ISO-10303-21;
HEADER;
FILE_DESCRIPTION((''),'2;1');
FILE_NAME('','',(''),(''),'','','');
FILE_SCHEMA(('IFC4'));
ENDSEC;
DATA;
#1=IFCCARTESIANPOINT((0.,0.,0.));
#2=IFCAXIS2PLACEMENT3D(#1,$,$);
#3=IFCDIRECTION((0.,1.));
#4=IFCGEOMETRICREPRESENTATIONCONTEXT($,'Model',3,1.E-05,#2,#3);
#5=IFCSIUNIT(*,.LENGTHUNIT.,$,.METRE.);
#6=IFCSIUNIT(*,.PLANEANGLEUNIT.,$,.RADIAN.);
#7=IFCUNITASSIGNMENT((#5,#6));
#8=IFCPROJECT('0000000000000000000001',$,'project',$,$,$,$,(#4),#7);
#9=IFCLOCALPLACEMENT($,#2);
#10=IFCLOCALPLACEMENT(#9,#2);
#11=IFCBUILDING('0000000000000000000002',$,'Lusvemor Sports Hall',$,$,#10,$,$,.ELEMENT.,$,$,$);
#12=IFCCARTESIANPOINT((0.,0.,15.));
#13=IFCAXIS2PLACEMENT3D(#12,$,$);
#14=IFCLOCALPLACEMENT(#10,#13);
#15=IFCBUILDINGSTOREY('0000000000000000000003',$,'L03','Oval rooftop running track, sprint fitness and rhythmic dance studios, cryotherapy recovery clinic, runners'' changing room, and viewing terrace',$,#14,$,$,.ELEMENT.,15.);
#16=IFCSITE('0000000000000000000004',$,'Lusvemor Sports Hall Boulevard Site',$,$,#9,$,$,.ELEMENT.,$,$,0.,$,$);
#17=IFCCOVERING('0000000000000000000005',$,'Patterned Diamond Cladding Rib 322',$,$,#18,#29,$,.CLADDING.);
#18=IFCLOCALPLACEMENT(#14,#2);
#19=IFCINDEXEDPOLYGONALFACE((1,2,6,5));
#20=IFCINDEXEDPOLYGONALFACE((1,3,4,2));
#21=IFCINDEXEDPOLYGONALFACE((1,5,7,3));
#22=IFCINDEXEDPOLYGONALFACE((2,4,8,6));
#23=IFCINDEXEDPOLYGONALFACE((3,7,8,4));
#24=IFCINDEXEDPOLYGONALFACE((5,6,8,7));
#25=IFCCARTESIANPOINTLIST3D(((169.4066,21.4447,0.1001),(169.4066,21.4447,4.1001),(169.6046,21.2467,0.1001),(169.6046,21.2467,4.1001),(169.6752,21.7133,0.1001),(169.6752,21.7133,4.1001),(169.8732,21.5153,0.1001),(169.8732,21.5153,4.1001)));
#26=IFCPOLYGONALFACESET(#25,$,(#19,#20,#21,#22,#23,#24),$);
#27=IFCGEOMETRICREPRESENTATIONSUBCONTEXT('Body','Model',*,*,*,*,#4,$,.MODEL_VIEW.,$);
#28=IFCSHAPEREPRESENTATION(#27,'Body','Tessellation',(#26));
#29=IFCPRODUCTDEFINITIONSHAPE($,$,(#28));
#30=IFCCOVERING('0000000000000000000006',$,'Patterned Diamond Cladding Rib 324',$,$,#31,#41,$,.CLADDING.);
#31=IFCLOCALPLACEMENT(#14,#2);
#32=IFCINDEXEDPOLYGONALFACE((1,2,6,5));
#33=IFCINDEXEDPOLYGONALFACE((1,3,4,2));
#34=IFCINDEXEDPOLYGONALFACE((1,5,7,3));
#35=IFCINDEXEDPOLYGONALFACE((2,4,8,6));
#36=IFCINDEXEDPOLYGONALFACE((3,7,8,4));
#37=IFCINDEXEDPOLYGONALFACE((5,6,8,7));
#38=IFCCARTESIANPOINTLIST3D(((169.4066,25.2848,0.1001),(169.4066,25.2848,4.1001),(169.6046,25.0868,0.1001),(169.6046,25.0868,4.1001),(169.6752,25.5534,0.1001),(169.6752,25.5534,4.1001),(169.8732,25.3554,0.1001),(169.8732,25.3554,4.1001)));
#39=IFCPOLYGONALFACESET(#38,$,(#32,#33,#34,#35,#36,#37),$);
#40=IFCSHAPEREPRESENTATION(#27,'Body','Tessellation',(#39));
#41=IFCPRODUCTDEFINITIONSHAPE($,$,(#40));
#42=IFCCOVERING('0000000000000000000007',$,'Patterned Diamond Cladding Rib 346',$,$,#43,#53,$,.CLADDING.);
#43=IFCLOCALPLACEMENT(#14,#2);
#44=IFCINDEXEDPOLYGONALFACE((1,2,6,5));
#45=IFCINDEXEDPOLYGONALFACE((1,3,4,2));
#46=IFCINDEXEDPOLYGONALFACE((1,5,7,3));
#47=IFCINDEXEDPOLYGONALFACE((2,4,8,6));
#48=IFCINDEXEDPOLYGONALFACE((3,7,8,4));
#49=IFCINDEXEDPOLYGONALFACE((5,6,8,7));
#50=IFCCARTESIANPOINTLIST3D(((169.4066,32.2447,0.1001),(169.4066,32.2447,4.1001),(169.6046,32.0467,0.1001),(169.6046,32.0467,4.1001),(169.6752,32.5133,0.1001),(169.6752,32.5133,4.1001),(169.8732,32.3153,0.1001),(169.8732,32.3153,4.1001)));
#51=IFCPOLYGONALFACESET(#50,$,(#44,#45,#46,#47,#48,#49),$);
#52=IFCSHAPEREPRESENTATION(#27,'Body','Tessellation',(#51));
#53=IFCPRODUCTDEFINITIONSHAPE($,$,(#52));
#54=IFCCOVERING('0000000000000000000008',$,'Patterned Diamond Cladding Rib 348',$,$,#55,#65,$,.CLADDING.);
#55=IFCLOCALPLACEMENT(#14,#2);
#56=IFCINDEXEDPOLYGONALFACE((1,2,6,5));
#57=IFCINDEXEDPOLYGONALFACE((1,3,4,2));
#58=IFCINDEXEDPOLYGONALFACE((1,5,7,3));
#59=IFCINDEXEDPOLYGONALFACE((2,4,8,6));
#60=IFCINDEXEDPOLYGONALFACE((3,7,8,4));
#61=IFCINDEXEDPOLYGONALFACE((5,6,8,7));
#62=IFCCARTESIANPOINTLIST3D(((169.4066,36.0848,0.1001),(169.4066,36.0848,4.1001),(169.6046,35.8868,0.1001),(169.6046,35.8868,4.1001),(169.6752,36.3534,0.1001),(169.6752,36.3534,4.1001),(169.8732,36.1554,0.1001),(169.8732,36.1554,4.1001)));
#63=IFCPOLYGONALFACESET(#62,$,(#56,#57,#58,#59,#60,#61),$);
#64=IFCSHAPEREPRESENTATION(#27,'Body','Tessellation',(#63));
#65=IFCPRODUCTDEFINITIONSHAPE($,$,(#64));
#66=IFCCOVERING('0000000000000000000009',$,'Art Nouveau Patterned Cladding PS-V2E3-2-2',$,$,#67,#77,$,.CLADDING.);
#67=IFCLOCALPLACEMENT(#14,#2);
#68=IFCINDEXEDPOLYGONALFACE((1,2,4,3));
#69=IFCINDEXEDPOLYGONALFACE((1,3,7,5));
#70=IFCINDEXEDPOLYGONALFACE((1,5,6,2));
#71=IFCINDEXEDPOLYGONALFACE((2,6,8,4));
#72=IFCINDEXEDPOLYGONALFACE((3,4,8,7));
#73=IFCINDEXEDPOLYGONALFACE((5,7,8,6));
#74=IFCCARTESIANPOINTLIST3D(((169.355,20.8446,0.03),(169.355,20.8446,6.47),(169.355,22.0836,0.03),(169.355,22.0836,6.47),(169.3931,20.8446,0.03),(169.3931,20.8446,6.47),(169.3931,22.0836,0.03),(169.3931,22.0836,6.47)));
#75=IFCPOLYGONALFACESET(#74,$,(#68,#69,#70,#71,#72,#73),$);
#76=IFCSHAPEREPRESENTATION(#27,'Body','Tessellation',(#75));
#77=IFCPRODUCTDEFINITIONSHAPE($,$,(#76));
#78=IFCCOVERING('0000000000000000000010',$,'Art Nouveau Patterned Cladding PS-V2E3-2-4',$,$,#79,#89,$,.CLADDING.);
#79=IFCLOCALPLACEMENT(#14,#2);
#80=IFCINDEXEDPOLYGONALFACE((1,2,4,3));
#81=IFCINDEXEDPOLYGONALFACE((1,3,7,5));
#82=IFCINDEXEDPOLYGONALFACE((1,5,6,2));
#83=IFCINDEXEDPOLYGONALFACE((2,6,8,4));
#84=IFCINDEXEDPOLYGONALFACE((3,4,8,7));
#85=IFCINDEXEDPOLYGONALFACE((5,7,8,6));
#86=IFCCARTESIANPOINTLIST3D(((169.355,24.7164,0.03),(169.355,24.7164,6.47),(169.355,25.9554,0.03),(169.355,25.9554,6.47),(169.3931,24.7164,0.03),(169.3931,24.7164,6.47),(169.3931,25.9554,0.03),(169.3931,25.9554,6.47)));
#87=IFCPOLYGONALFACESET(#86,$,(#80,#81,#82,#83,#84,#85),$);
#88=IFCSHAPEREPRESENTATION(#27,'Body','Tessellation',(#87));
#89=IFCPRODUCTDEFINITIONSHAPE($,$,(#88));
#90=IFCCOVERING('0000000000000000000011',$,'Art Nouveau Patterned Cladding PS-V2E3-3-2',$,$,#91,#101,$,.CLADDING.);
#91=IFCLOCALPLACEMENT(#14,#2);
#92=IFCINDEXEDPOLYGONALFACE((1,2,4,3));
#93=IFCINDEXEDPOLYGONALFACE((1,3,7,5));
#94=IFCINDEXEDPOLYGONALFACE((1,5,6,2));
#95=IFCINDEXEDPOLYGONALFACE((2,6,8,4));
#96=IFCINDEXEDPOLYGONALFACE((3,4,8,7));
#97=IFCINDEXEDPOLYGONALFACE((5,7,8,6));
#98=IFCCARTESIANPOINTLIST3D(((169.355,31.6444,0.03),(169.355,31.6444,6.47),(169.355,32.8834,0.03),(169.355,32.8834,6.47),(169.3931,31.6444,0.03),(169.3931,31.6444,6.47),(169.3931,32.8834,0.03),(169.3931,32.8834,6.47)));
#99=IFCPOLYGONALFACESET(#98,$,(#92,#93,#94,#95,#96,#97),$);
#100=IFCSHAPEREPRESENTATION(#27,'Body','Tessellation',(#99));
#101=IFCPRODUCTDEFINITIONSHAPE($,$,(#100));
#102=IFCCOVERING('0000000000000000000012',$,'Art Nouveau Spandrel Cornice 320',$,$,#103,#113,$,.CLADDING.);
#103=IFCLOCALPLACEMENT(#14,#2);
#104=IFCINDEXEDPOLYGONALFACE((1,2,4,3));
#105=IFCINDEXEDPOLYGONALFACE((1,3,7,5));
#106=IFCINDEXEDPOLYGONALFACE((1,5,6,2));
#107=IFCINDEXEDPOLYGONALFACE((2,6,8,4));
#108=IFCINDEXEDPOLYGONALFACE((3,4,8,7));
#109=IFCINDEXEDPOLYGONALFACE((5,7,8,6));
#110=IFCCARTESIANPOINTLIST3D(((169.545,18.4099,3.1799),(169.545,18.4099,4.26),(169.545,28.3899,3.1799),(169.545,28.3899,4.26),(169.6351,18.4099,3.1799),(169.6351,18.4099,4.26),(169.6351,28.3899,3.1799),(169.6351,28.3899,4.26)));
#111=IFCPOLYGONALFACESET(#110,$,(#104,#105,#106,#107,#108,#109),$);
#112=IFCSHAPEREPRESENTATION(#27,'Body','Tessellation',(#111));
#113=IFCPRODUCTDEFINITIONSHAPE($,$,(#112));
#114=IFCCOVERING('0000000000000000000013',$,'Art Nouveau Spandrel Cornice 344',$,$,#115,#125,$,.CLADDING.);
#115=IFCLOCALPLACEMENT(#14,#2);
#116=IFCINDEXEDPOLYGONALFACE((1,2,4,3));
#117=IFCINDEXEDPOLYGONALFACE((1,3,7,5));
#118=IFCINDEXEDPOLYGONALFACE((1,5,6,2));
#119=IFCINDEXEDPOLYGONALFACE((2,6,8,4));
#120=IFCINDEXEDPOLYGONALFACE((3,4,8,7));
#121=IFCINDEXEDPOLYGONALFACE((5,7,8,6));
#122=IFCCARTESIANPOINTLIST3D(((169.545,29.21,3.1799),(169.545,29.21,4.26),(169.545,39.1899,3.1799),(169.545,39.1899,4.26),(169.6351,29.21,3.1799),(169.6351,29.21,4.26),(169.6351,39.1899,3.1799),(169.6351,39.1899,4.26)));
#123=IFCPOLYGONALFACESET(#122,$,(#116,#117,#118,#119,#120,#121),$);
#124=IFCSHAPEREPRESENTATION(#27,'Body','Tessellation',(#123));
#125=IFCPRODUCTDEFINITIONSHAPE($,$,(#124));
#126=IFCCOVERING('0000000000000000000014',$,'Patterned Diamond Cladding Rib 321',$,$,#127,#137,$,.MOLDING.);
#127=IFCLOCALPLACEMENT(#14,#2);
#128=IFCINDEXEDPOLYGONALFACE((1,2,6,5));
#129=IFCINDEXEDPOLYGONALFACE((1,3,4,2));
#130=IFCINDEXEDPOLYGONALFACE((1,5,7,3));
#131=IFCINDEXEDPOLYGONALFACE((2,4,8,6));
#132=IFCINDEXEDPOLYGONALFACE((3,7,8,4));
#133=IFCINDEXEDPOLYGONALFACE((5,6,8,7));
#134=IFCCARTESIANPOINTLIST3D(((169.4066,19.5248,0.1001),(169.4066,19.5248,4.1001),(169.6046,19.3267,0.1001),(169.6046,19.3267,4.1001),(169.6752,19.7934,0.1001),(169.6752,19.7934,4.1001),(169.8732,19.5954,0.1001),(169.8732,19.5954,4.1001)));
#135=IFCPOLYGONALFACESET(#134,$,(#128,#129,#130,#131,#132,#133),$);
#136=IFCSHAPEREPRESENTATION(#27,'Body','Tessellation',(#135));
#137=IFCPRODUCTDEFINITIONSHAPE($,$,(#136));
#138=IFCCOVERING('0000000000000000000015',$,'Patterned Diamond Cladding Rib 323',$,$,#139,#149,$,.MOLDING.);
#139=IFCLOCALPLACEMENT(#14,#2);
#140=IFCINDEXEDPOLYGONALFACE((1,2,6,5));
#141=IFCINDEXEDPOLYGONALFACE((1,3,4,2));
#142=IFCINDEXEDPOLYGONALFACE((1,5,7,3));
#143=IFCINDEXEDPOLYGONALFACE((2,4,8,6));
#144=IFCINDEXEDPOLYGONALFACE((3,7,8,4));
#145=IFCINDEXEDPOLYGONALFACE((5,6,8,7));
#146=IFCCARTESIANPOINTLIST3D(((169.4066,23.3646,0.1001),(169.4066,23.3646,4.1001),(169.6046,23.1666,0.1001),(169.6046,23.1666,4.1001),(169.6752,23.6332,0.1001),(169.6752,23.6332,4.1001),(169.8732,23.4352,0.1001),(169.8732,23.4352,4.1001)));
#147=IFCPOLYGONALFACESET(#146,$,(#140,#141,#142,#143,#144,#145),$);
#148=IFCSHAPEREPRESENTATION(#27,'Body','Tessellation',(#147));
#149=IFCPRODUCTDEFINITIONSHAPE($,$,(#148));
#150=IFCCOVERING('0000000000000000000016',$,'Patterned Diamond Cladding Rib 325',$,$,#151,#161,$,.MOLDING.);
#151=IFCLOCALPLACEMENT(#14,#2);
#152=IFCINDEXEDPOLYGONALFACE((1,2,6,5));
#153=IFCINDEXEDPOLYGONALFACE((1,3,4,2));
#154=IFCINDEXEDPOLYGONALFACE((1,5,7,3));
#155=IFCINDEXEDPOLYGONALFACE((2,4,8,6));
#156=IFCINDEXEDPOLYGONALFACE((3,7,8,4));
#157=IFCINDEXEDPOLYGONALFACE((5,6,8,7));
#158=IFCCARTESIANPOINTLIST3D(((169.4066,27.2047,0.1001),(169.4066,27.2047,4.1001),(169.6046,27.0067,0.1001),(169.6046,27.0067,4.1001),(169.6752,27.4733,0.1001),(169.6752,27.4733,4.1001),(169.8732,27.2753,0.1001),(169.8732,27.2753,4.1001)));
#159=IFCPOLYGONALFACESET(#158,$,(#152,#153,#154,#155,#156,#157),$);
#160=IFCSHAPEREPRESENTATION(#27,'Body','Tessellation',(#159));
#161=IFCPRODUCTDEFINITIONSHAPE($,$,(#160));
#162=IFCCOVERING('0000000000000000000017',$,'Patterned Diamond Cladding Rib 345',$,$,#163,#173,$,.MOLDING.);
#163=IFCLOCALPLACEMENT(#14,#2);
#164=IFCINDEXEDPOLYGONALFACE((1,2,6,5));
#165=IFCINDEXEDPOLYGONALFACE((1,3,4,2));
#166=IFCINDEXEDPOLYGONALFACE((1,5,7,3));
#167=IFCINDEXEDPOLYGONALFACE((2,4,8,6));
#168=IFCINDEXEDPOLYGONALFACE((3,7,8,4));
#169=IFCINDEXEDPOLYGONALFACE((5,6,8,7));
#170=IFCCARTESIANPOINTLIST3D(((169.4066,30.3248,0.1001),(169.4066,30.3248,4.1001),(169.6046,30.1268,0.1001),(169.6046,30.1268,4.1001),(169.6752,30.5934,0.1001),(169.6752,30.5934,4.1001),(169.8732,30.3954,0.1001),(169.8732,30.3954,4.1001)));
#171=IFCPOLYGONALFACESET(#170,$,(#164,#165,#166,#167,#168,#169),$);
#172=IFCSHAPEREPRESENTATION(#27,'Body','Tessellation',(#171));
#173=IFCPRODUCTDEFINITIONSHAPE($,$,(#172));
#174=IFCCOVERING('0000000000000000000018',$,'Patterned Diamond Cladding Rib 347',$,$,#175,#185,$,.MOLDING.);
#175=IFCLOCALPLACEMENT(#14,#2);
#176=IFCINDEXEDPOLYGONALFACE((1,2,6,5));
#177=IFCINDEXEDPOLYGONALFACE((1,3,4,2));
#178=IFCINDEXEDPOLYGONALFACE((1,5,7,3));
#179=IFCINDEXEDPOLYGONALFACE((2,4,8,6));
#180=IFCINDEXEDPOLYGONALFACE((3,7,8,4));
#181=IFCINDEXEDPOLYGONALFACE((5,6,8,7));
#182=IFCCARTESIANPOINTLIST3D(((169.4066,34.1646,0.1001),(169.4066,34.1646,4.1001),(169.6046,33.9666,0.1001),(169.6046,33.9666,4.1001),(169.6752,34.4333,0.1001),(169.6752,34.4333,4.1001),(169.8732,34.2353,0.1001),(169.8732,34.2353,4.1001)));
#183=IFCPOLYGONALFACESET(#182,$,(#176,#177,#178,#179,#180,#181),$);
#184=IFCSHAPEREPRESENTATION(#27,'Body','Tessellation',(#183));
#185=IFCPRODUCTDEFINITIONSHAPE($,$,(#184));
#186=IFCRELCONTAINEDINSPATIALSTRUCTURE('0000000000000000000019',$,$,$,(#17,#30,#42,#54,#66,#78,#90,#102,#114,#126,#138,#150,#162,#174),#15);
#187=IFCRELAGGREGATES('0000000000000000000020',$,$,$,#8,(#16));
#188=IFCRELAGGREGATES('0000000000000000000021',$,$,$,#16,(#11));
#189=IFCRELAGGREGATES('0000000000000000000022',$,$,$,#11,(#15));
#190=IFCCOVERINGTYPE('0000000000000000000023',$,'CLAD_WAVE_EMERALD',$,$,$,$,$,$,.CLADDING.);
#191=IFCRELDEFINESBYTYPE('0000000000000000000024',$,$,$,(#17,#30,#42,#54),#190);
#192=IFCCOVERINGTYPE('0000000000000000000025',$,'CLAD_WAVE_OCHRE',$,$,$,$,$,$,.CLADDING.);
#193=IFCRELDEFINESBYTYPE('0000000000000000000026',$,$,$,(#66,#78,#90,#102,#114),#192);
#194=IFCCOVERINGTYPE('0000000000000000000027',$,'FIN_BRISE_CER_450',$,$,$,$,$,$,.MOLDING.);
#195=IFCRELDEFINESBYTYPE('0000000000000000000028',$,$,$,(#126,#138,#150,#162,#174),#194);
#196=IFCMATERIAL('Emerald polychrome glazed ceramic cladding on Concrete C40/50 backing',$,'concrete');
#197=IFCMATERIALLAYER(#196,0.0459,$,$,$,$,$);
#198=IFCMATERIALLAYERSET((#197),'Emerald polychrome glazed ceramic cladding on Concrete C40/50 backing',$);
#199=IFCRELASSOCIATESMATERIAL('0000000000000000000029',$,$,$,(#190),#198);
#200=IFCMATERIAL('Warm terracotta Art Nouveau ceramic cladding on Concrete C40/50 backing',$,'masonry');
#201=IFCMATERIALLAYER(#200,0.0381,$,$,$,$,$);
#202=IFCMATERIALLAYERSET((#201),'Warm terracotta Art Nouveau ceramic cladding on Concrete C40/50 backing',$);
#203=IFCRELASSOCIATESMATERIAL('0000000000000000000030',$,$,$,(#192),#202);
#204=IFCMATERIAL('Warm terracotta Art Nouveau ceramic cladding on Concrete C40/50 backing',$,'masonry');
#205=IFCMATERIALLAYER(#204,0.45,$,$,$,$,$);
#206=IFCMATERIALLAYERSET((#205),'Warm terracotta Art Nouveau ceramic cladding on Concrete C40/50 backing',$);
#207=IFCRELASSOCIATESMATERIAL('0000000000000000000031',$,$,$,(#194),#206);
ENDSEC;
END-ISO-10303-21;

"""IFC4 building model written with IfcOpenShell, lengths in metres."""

from ifc_helpers import new_model, si_unit, direction, frame, origin, origin_2d, place, context, subcontext, project, spatial, rectangle, extrude, material, layer, layer_set, type_object, element, save


model = new_model("IFC4")

# Units and contexts
model_context = context("Model", 3, precision=1e-05, world=origin(), true_north=direction((0.0, 1.0)))
body_context = subcontext(model_context, "Body", "Model", "MODEL_VIEW")
ifc_project = project(units=[si_unit("LENGTHUNIT", "METRE"), si_unit("PLANEANGLEUNIT", "RADIAN")], contexts=[model_context])

# Site, building, storey
site_placement = place(None, origin())
site = spatial("IfcSite", under=ifc_project, at=site_placement, Name="Lusvemor Sports Hall Boulevard Site", CompositionType="ELEMENT", RefElevation=0.0)
building_placement = place(site_placement, origin())
building = spatial("IfcBuilding", under=site, at=building_placement, Name="Lusvemor Sports Hall", CompositionType="ELEMENT")
storey_placement = place(building_placement, frame((0.0, 0.0, 15.0)))
storey = spatial("IfcBuildingStorey", under=building, at=storey_placement, Name="L03", Description="Oval rooftop running track, sprint fitness and rhythmic dance studios, cryotherapy recovery clinic, runners' changing room, and viewing terrace", CompositionType="ELEMENT", Elevation=15.0)

# Coverings
ifc_material_1 = material(Name="Emerald polychrome glazed ceramic cladding on Concrete C40/50 backing", Category="concrete")
ifc_layer_1 = layer(ifc_material_1, 0.0459)
ifc_layer_set_1 = layer_set([ifc_layer_1], Name="Emerald polychrome glazed ceramic cladding on Concrete C40/50 backing")
covering_type_1 = type_object("IfcCoveringType", Name="CLAD_WAVE_EMERALD", PredefinedType="CLADDING", material=ifc_layer_set_1)
for number, where, z_axis, x_axis, name in (
    (1, (169.6399, 21.48, 0.1001), (0.0, 0.0, 1.0), (0.707107, 0.707107, 0.0), "Patterned Diamond Cladding Rib 322"),
    (2, (169.6399, 25.3201, 0.1001), (0.0, 0.0, 1.0), (0.707107, 0.707107, 0.0), "Patterned Diamond Cladding Rib 324"),
    (3, (169.6399, 32.28, 0.1001), (0.0, 0.0, 1.0), (0.707107, 0.707107, 0.0), "Patterned Diamond Cladding Rib 346"),
    (4, (169.6399, 36.1201, 0.1001), (0.0, 0.0, 1.0), (0.707107, 0.707107, 0.0), "Patterned Diamond Cladding Rib 348"),
):
    element("IfcCovering", number, at=place(storey_placement, frame(where, z_axis=z_axis, x_axis=x_axis)), inside=storey, type_object=covering_type_1, Name=name, PredefinedType="CLADDING", context=body_context, shape_type="SweptSolid", body=[
        extrude(rectangle(XDim=0.3799, YDim=0.28, at=origin_2d()), origin(), (0.0, 0.0, 1.0), 4.0),
    ])
ifc_material_2 = material(Name="Warm terracotta Art Nouveau ceramic cladding on Concrete C40/50 backing", Category="masonry")
ifc_layer_2 = layer(ifc_material_2, 0.0381)
ifc_layer_set_2 = layer_set([ifc_layer_2], Name="Warm terracotta Art Nouveau ceramic cladding on Concrete C40/50 backing")
covering_type_2 = type_object("IfcCoveringType", Name="CLAD_WAVE_OCHRE", PredefinedType="CLADDING", material=ifc_layer_set_2)
for number, where, z_axis, x_axis, name in (
    (5, (169.374, 21.4641, 0.03), (0.0, 0.0, 1.0), (1.0, 0.0, 0.0), "Art Nouveau Patterned Cladding PS-V2E3-2-2"),
    (6, (169.374, 25.3359, 0.03), (0.0, 0.0, 1.0), (1.0, 0.0, 0.0), "Art Nouveau Patterned Cladding PS-V2E3-2-4"),
    (7, (169.374, 32.2639, 0.03), (0.0, 0.0, 1.0), (1.0, 0.0, 0.0), "Art Nouveau Patterned Cladding PS-V2E3-3-2"),
):
    element("IfcCovering", number, at=place(storey_placement, frame(where, z_axis=z_axis, x_axis=x_axis)), inside=storey, type_object=covering_type_2, Name=name, PredefinedType="CLADDING", context=body_context, shape_type="SweptSolid", body=[
        extrude(rectangle(XDim=0.0381, YDim=1.239, at=origin_2d()), origin(), (0.0, 0.0, 1.0), 6.4399),
    ])
for number, where, z_axis, x_axis, name in (
    (8, (169.5901, 23.3999, 3.1799), (0.0, 0.0, 1.0), (1.0, 0.0, 0.0), "Art Nouveau Spandrel Cornice 320"),
    (9, (169.5901, 34.2, 3.1799), (0.0, 0.0, 1.0), (1.0, 0.0, 0.0), "Art Nouveau Spandrel Cornice 344"),
):
    element("IfcCovering", number, at=place(storey_placement, frame(where, z_axis=z_axis, x_axis=x_axis)), inside=storey, type_object=covering_type_2, Name=name, PredefinedType="CLADDING", context=body_context, shape_type="SweptSolid", body=[
        extrude(rectangle(XDim=0.0901, YDim=9.98, at=origin_2d()), origin(), (0.0, 0.0, 1.0), 1.0801),
    ])
ifc_material_3 = material(Name="Warm terracotta Art Nouveau ceramic cladding on Concrete C40/50 backing", Category="masonry")
ifc_layer_3 = layer(ifc_material_3, 0.45)
ifc_layer_set_3 = layer_set([ifc_layer_3], Name="Warm terracotta Art Nouveau ceramic cladding on Concrete C40/50 backing")
covering_type_3 = type_object("IfcCoveringType", Name="FIN_BRISE_CER_450", PredefinedType="MOLDING", material=ifc_layer_set_3)
for number, where, z_axis, x_axis, name in (
    (10, (169.6399, 19.5601, 0.1001), (0.0, 0.0, 1.0), (0.707107, 0.707107, 0.0), "Patterned Diamond Cladding Rib 321"),
    (11, (169.6399, 23.3999, 0.1001), (0.0, 0.0, 1.0), (0.707107, 0.707107, 0.0), "Patterned Diamond Cladding Rib 323"),
    (12, (169.6399, 27.24, 0.1001), (0.0, 0.0, 1.0), (0.707107, 0.707107, 0.0), "Patterned Diamond Cladding Rib 325"),
    (13, (169.6399, 30.3601, 0.1001), (0.0, 0.0, 1.0), (0.707107, 0.707107, 0.0), "Patterned Diamond Cladding Rib 345"),
    (14, (169.6399, 34.2, 0.1001), (0.0, 0.0, 1.0), (0.707107, 0.707107, 0.0), "Patterned Diamond Cladding Rib 347"),
):
    element("IfcCovering", number, at=place(storey_placement, frame(where, z_axis=z_axis, x_axis=x_axis)), inside=storey, type_object=covering_type_3, Name=name, PredefinedType="MOLDING", context=body_context, shape_type="SweptSolid", body=[
        extrude(rectangle(XDim=0.3799, YDim=0.28, at=origin_2d()), origin(), (0.0, 0.0, 1.0), 4.0),
    ])

save(model, "model.ifc")
